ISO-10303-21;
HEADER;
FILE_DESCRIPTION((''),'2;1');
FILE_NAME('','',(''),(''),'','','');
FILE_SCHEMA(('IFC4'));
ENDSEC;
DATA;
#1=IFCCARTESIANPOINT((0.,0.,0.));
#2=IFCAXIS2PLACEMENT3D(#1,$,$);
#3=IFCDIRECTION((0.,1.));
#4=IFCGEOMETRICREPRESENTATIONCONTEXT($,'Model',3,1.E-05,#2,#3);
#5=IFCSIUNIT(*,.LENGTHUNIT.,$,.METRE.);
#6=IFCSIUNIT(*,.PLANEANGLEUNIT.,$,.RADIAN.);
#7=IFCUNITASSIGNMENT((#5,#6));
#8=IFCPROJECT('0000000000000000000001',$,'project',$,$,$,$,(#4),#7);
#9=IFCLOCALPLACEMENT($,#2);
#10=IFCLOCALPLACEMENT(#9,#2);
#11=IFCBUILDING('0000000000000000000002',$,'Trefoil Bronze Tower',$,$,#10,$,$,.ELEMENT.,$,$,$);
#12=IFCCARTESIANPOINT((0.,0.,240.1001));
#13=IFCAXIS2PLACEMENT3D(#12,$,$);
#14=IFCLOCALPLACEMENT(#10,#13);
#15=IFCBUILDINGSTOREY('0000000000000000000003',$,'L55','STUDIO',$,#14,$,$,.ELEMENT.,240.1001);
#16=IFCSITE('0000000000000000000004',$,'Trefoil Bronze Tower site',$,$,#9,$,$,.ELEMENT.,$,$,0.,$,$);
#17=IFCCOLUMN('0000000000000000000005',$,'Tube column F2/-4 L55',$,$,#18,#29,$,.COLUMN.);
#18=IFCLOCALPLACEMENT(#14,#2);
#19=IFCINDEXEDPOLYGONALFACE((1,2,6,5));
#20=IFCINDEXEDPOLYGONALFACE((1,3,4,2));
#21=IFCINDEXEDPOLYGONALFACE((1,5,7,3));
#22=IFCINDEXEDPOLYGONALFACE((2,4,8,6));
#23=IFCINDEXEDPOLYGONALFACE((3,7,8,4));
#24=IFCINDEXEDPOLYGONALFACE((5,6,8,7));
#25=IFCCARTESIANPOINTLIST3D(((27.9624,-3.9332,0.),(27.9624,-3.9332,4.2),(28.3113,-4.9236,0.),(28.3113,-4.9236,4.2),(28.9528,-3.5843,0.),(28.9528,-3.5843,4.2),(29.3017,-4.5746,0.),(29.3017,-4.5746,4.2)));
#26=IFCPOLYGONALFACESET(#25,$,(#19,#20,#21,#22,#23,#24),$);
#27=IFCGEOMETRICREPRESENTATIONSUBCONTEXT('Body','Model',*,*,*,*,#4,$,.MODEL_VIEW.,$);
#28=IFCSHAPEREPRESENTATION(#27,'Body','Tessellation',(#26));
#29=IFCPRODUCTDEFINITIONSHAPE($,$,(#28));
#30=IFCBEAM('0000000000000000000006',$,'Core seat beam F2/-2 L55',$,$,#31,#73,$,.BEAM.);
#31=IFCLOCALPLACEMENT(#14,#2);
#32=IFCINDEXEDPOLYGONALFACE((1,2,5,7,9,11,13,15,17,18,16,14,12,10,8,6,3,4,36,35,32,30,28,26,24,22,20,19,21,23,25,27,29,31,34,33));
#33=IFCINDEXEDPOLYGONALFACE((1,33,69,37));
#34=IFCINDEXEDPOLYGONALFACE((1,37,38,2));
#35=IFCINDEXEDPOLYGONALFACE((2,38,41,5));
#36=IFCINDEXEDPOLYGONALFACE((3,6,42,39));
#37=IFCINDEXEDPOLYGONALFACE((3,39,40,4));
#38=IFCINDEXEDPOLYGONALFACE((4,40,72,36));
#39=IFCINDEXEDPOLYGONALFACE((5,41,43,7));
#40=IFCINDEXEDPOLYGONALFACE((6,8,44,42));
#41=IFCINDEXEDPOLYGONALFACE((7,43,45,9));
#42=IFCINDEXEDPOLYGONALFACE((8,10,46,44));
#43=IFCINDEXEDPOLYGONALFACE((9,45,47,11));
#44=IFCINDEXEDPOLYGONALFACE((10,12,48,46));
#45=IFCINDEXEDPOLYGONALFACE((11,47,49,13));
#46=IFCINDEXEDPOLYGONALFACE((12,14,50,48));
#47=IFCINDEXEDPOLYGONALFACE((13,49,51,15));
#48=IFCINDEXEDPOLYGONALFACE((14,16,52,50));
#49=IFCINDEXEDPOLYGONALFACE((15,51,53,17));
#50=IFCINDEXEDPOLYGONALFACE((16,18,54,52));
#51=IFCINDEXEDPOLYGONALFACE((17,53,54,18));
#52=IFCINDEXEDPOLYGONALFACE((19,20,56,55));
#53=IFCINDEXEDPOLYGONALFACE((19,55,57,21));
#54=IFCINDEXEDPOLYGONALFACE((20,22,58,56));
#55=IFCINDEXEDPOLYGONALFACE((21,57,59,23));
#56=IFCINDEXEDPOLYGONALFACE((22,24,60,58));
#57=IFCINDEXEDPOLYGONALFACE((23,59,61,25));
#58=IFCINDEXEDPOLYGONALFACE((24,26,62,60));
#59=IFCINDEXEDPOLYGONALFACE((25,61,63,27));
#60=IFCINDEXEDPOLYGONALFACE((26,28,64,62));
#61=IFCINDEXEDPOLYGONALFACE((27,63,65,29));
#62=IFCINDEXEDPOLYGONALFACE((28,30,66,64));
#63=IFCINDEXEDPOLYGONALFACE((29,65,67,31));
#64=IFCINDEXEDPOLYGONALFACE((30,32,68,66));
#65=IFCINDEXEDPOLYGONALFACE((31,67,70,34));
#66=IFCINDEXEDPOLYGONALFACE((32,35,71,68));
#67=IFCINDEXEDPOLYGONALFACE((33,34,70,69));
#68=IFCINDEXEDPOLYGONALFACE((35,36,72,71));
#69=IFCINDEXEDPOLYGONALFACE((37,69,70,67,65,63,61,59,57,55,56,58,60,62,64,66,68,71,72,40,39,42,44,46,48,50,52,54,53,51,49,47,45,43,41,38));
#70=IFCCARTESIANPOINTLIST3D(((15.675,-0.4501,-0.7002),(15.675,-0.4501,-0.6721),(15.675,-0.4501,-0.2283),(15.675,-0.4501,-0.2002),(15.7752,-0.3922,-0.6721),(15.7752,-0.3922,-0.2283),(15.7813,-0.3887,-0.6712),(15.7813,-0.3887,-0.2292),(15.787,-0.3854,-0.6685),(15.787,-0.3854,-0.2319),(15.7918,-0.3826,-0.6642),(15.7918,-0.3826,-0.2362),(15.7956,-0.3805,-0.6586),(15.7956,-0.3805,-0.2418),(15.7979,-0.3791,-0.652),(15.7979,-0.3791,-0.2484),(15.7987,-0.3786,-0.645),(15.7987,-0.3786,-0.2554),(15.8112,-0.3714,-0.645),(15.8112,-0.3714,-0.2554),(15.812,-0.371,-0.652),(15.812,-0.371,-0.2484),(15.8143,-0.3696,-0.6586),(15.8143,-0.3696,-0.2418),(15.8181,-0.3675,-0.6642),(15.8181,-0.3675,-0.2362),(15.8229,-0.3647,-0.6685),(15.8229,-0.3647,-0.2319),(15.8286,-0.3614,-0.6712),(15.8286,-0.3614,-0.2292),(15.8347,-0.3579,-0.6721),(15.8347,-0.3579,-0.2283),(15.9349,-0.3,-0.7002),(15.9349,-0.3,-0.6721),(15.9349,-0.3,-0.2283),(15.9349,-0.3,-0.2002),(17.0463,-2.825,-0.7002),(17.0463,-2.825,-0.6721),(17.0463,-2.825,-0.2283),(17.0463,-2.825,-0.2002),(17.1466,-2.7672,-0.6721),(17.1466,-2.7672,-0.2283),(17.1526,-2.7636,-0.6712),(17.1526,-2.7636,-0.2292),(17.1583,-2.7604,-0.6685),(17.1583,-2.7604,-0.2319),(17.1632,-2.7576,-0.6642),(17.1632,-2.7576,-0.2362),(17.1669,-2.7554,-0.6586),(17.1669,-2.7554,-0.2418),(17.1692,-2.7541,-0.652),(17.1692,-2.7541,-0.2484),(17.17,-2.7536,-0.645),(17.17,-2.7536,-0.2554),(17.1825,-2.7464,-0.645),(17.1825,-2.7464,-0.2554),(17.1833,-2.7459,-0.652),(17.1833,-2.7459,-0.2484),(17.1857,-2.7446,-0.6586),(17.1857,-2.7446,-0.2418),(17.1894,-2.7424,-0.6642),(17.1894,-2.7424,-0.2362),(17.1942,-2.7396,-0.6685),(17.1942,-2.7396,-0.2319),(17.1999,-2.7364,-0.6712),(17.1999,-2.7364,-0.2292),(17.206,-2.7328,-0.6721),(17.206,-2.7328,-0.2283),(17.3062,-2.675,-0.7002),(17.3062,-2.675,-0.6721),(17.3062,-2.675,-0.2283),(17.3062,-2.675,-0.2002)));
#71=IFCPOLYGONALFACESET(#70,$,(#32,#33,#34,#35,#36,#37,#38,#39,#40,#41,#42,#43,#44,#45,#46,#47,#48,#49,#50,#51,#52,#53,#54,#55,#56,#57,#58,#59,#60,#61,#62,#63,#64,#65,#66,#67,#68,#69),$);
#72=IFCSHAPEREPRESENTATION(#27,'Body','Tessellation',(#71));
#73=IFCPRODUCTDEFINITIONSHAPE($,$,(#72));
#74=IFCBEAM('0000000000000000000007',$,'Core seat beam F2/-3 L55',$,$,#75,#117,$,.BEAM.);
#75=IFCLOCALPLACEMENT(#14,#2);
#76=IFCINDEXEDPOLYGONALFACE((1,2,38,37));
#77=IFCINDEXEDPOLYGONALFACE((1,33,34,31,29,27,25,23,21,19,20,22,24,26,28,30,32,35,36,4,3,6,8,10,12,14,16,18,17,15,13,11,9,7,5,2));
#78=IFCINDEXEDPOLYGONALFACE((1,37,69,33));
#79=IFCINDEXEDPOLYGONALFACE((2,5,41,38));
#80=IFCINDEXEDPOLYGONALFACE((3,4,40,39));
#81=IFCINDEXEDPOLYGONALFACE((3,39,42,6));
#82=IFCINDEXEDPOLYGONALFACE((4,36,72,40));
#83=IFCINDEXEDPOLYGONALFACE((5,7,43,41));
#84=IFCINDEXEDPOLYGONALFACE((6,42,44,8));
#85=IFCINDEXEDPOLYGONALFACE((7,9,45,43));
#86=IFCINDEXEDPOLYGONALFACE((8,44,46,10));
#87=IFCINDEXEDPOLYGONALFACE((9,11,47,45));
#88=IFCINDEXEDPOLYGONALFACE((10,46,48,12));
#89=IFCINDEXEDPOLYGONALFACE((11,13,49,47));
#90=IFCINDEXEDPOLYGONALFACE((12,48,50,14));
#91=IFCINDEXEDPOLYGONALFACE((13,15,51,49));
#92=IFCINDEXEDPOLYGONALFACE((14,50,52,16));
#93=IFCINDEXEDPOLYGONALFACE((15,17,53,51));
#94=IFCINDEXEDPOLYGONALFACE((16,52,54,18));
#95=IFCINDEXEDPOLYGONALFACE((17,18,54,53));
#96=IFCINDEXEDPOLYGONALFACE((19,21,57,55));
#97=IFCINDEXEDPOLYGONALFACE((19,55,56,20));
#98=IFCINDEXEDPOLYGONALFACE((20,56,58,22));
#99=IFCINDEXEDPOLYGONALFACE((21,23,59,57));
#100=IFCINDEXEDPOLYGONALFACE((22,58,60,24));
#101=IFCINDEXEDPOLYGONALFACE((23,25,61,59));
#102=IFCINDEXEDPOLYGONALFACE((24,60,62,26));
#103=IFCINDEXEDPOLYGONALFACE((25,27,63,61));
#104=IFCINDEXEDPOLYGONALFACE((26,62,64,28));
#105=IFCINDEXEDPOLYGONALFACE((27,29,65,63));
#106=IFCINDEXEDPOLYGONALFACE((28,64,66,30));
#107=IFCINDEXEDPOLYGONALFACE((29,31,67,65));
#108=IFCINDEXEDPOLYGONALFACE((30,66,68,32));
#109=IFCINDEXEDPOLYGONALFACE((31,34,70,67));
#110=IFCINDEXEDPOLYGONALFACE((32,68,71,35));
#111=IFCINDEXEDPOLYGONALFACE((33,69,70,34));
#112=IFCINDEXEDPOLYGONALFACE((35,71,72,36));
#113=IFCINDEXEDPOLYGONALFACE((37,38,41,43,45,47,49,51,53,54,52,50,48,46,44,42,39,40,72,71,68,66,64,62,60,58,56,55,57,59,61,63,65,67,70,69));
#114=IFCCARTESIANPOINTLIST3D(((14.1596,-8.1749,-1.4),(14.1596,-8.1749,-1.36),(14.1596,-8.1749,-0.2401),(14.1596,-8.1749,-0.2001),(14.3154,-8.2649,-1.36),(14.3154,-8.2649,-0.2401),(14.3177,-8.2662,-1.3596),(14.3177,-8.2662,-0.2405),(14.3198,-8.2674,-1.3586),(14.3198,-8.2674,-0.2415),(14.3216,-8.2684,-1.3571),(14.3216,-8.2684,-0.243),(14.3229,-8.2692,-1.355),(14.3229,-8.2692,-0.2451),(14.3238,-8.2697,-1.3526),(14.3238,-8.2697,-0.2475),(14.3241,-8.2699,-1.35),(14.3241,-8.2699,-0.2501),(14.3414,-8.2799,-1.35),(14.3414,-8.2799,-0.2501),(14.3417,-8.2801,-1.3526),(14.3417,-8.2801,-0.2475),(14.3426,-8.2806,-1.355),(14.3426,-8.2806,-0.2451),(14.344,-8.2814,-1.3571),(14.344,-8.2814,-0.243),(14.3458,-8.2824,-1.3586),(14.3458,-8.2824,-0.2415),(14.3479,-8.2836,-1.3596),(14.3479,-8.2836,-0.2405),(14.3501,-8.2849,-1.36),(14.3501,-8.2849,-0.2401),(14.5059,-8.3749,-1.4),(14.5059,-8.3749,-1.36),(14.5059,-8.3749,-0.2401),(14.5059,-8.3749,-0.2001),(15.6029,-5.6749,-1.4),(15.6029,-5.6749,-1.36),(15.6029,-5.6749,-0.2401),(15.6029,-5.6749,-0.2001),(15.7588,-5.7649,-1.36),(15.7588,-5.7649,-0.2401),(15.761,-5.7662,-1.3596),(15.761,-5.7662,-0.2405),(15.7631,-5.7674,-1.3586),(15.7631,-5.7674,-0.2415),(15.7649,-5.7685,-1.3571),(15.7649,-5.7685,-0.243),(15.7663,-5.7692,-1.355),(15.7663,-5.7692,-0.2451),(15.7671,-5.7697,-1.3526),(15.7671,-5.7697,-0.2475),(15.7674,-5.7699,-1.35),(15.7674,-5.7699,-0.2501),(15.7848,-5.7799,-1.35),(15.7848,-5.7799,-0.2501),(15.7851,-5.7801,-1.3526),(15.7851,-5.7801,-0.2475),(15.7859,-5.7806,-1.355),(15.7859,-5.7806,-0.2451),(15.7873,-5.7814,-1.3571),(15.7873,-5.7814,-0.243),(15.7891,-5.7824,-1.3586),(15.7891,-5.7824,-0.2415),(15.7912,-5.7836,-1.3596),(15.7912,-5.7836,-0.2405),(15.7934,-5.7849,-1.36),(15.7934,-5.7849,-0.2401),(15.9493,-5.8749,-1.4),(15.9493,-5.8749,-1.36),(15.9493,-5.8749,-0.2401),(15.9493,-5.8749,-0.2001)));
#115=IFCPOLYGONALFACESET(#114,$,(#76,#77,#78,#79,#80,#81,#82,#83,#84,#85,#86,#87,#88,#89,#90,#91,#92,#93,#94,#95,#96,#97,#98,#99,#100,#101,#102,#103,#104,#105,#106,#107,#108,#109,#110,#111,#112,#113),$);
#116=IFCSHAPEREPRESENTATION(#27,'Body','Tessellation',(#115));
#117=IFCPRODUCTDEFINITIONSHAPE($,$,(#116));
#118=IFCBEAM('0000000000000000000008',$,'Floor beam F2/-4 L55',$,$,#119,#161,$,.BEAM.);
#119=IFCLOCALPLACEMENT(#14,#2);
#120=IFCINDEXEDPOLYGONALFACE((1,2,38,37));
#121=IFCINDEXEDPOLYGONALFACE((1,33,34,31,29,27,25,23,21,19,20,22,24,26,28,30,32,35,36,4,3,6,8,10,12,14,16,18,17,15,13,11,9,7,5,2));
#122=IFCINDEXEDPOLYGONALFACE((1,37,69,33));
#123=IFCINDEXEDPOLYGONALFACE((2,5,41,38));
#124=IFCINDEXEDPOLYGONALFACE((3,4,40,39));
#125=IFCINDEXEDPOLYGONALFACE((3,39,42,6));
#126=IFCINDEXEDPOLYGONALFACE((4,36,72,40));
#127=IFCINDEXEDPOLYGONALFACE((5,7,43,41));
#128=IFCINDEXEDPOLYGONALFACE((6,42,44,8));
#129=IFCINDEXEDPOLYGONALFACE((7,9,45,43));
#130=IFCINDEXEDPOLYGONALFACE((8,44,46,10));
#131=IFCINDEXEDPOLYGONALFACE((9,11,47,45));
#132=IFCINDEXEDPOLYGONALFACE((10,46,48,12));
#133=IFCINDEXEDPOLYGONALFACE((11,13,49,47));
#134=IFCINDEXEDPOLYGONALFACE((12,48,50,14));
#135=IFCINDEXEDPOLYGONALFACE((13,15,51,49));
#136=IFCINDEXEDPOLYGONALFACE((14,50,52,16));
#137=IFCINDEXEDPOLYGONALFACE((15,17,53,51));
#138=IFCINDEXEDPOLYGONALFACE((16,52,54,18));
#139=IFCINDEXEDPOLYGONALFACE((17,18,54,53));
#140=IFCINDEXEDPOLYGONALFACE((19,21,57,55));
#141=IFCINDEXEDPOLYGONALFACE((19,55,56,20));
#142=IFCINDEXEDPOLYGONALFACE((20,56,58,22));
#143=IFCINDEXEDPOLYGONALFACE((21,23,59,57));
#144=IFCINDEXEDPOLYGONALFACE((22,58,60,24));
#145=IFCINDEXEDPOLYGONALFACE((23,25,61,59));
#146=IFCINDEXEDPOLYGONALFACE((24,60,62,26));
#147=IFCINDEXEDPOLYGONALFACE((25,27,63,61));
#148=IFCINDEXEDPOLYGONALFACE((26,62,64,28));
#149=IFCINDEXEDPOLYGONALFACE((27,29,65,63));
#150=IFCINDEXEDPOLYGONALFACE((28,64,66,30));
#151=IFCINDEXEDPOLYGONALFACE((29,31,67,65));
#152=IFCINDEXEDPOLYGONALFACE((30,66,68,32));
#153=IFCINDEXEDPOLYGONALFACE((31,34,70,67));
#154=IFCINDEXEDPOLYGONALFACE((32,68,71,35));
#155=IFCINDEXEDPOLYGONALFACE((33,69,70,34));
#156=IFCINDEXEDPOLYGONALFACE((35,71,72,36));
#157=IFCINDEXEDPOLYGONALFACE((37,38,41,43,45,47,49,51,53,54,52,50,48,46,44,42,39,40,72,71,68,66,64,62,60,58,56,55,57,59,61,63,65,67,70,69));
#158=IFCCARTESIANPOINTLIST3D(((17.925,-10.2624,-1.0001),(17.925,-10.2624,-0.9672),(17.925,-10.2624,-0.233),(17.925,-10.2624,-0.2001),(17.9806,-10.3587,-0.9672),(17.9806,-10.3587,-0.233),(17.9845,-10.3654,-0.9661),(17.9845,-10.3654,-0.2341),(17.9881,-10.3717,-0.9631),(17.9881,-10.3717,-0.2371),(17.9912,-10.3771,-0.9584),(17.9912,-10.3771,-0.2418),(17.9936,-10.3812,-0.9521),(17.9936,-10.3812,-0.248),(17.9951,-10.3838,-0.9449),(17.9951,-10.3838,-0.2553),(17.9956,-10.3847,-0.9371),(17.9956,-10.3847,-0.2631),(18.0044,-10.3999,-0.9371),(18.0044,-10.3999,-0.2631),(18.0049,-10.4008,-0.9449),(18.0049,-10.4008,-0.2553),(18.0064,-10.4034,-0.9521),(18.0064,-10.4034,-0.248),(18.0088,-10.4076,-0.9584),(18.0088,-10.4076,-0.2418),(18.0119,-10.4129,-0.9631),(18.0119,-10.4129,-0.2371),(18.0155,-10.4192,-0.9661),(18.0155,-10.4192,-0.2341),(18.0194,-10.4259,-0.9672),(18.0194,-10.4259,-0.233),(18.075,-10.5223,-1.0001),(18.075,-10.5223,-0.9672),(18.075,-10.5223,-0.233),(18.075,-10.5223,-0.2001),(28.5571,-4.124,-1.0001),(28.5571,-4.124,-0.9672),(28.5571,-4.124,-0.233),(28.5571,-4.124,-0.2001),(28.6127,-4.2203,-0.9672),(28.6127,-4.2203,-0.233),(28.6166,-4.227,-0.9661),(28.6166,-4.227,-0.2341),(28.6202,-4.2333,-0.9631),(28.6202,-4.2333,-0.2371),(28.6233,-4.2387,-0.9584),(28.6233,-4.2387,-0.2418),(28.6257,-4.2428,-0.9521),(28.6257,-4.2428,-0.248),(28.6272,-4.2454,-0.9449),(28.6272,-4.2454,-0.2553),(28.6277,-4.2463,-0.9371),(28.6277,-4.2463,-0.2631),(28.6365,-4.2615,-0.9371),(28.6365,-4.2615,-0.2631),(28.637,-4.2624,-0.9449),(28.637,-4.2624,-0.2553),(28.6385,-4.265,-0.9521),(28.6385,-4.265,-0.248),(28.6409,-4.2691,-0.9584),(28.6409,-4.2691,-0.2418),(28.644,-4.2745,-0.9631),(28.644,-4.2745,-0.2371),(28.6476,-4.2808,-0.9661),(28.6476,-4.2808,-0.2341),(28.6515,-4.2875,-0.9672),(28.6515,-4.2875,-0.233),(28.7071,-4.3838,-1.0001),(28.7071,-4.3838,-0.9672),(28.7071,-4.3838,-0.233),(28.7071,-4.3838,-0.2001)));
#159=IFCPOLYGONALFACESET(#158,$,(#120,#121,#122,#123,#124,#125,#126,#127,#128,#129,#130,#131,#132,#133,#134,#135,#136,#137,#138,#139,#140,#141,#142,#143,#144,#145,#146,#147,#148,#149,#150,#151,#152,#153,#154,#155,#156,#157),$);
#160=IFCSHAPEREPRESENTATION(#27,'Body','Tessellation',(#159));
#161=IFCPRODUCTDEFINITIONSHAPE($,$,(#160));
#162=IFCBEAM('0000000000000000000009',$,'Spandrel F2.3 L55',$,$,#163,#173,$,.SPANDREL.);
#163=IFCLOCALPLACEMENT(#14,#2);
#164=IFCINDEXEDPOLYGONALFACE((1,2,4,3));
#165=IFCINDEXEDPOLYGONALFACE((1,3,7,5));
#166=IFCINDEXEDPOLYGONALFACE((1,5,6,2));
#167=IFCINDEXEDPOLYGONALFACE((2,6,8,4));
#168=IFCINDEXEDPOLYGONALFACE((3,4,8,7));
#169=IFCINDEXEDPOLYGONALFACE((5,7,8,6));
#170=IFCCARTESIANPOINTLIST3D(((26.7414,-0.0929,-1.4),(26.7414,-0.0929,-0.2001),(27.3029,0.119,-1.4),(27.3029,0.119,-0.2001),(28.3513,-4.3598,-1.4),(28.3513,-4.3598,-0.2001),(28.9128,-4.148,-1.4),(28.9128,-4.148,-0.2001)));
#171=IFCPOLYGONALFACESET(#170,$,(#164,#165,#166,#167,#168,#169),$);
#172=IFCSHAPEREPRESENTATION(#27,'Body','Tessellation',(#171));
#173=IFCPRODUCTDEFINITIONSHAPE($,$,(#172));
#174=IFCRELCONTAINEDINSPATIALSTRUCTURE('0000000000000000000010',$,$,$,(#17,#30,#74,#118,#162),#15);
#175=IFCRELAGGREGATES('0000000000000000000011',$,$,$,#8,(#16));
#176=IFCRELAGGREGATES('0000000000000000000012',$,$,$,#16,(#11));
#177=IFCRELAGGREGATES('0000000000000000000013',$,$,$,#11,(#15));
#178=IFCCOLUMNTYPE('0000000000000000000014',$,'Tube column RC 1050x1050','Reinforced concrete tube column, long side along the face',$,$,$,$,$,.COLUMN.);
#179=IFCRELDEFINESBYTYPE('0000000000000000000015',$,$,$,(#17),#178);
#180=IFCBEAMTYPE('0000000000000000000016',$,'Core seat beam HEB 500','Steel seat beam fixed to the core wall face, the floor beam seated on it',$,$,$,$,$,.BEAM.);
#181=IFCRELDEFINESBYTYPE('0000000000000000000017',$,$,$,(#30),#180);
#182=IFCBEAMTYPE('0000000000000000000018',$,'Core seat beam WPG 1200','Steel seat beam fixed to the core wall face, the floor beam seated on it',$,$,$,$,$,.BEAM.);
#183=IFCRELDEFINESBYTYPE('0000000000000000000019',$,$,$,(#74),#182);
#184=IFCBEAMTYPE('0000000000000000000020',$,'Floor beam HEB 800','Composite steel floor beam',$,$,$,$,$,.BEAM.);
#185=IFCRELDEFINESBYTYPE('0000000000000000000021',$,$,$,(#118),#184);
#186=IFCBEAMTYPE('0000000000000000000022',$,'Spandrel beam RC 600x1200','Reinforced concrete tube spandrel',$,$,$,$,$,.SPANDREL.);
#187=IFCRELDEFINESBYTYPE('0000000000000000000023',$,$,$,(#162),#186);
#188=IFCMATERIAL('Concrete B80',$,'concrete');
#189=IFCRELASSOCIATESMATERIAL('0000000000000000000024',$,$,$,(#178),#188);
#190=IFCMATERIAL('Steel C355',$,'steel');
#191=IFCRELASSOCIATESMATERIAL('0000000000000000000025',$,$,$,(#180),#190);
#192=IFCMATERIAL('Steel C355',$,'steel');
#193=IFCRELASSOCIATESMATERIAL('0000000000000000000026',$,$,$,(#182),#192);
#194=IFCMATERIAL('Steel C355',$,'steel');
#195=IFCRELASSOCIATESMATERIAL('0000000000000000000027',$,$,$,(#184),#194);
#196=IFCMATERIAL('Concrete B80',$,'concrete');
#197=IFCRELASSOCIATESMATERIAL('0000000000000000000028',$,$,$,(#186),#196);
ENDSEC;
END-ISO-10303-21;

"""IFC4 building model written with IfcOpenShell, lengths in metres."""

from ifc_helpers import new_model, si_unit, direction, frame, origin, origin_2d, place, context, subcontext, project, spatial, rectangle, i_section, extrude, material, material_profile, profile_set, type_object, element, save


model = new_model("IFC4")

# Units and contexts
model_context = context("Model", 3, precision=1e-05, world=origin(), true_north=direction((0.0, 1.0)))
body_context = subcontext(model_context, "Body", "Model", "MODEL_VIEW")
ifc_project = project(units=[si_unit("LENGTHUNIT", "METRE"), si_unit("PLANEANGLEUNIT", "RADIAN")], contexts=[model_context])

# Site, building, storey
site_placement = place(None, origin())
site = spatial("IfcSite", under=ifc_project, at=site_placement, Name="Trefoil Bronze Tower site", CompositionType="ELEMENT", RefElevation=0.0)
building_placement = place(site_placement, origin())
building = spatial("IfcBuilding", under=site, at=building_placement, Name="Trefoil Bronze Tower", CompositionType="ELEMENT")
storey_placement = place(building_placement, frame((0.0, 0.0, 240.1001)))
storey = spatial("IfcBuildingStorey", under=building, at=storey_placement, Name="L55", Description="STUDIO", CompositionType="ELEMENT", Elevation=240.1001)

# Column
ifc_material_1 = material(Name="Concrete B80", Category="concrete")
ifc_material_profile_1 = material_profile(ifc_material_1, rectangle(XDim=1.05, YDim=1.05, at=origin_2d()), Name="RC 1050x1050")
ifc_profile_set_1 = profile_set([ifc_material_profile_1], Name="Concrete B80")
column_type = type_object("IfcColumnType", Name="Tube column RC 1050x1050", Description="Reinforced concrete tube column, long side along the face", PredefinedType="COLUMN", material=ifc_profile_set_1)
column_placement = place(storey_placement, frame((28.6321, -4.2539, 0.0), z_axis=(0.0, 0.0, 1.0), x_axis=(-0.332282, 0.94318, 0.0)))
element("IfcColumn", 1, at=column_placement, inside=storey, type_object=column_type, Name="Tube column F2/-4 L55", PredefinedType="COLUMN", context=body_context, shape_type="SweptSolid", body=[
    extrude(rectangle(XDim=1.05, YDim=1.05, at=origin_2d()), origin(), (0.0, 0.0, 1.0), 4.2),
])

# Beams
ifc_material_2 = material(Name="Steel C355", Category="steel")
ifc_material_profile_2 = material_profile(ifc_material_2, i_section(OverallWidth=0.3, OverallDepth=0.5, WebThickness=0.0144, FlangeThickness=0.0281, FilletRadius=0.0271, at=origin_2d()), Name="HEB 500")
ifc_profile_set_2 = profile_set([ifc_material_profile_2], Name="Steel C355")
beam_type_1 = type_object("IfcBeamType", Name="Core seat beam HEB 500", Description="Steel seat beam fixed to the core wall face, the floor beam seated on it", PredefinedType="BEAM", material=ifc_profile_set_2)
beam_1_placement = place(storey_placement, frame((17.1763, -2.75, -0.4502), z_axis=(-0.500036, 0.866005, 0.0), x_axis=(-0.866005, -0.500036, 0.0)))
element("IfcBeam", 2, at=beam_1_placement, inside=storey, type_object=beam_type_1, Name="Core seat beam F2/-2 L55", PredefinedType="BEAM", context=body_context, shape_type="SweptSolid", body=[
    extrude(i_section(OverallWidth=0.3, OverallDepth=0.5, WebThickness=0.0144, FlangeThickness=0.0281, FilletRadius=0.0271, at=origin_2d()), origin(), (0.0, 0.0, 1.0), 2.7424),
])
ifc_material_3 = material(Name="Steel C355", Category="steel")
ifc_material_profile_3 = material_profile(ifc_material_3, i_section(OverallWidth=0.3999, OverallDepth=1.2, WebThickness=0.02, FlangeThickness=0.04, FilletRadius=0.01, at=origin_2d()), Name="WPG 1200")
ifc_profile_set_3 = profile_set([ifc_material_profile_3], Name="Steel C355")
beam_type_2 = type_object("IfcBeamType", Name="Core seat beam WPG 1200", Description="Steel seat beam fixed to the core wall face, the floor beam seated on it", PredefinedType="BEAM", material=ifc_profile_set_3)
beam_2_placement = place(storey_placement, frame((14.3328, -8.2749, -0.8), z_axis=(0.499996, 0.866028, 0.0), x_axis=(-0.866028, 0.499996, 0.0)))
element("IfcBeam", 3, at=beam_2_placement, inside=storey, type_object=beam_type_2, Name="Core seat beam F2/-3 L55", PredefinedType="BEAM", context=body_context, shape_type="SweptSolid", body=[
    extrude(i_section(OverallWidth=0.3999, OverallDepth=1.2, WebThickness=0.02, FlangeThickness=0.04, FilletRadius=0.01, at=origin_2d()), origin(), (0.0, 0.0, 1.0), 2.8867),
])
ifc_material_4 = material(Name="Steel C355", Category="steel")
ifc_material_profile_4 = material_profile(ifc_material_4, i_section(OverallWidth=0.3, OverallDepth=0.8, WebThickness=0.0176, FlangeThickness=0.033, FilletRadius=0.03, at=origin_2d()), Name="HEB 800")
ifc_profile_set_4 = profile_set([ifc_material_profile_4], Name="Steel C355")
beam_type_3 = type_object("IfcBeamType", Name="Floor beam HEB 800", Description="Composite steel floor beam", PredefinedType="BEAM", material=ifc_profile_set_4)
beam_3_placement = place(storey_placement, frame((28.6321, -4.2539, -0.6001), z_axis=(-0.866026, -0.5, 0.0), x_axis=(0.5, -0.866026, 0.0)))
element("IfcBeam", 4, at=beam_3_placement, inside=storey, type_object=beam_type_3, Name="Floor beam F2/-4 L55", PredefinedType="BEAM", context=body_context, shape_type="SweptSolid", body=[
    extrude(i_section(OverallWidth=0.3, OverallDepth=0.8, WebThickness=0.0176, FlangeThickness=0.033, FilletRadius=0.03, at=origin_2d()), origin(), (0.0, 0.0, 1.0), 12.2769),
])
ifc_material_5 = material(Name="Concrete B80", Category="concrete")
ifc_material_profile_5 = material_profile(ifc_material_5, rectangle(XDim=0.6001, YDim=1.2, at=origin_2d()), Name="RC 600x1200")
ifc_profile_set_5 = profile_set([ifc_material_profile_5], Name="Concrete B80")
beam_type_4 = type_object("IfcBeamType", Name="Spandrel beam RC 600x1200", Description="Reinforced concrete tube spandrel", PredefinedType="SPANDREL", material=ifc_profile_set_5)
beam_4_placement = place(storey_placement, frame((28.6321, -4.2539, -0.8), z_axis=(-0.353006, 0.935621, 0.0), x_axis=(-0.935621, -0.353006, 0.0)))
element("IfcBeam", 5, at=beam_4_placement, inside=storey, type_object=beam_type_4, Name="Spandrel F2.3 L55", PredefinedType="SPANDREL", context=body_context, shape_type="SweptSolid", body=[
    extrude(rectangle(XDim=0.6001, YDim=1.2, at=origin_2d()), origin(), (0.0, 0.0, 1.0), 4.5605),
])

save(model, "model.ifc")
